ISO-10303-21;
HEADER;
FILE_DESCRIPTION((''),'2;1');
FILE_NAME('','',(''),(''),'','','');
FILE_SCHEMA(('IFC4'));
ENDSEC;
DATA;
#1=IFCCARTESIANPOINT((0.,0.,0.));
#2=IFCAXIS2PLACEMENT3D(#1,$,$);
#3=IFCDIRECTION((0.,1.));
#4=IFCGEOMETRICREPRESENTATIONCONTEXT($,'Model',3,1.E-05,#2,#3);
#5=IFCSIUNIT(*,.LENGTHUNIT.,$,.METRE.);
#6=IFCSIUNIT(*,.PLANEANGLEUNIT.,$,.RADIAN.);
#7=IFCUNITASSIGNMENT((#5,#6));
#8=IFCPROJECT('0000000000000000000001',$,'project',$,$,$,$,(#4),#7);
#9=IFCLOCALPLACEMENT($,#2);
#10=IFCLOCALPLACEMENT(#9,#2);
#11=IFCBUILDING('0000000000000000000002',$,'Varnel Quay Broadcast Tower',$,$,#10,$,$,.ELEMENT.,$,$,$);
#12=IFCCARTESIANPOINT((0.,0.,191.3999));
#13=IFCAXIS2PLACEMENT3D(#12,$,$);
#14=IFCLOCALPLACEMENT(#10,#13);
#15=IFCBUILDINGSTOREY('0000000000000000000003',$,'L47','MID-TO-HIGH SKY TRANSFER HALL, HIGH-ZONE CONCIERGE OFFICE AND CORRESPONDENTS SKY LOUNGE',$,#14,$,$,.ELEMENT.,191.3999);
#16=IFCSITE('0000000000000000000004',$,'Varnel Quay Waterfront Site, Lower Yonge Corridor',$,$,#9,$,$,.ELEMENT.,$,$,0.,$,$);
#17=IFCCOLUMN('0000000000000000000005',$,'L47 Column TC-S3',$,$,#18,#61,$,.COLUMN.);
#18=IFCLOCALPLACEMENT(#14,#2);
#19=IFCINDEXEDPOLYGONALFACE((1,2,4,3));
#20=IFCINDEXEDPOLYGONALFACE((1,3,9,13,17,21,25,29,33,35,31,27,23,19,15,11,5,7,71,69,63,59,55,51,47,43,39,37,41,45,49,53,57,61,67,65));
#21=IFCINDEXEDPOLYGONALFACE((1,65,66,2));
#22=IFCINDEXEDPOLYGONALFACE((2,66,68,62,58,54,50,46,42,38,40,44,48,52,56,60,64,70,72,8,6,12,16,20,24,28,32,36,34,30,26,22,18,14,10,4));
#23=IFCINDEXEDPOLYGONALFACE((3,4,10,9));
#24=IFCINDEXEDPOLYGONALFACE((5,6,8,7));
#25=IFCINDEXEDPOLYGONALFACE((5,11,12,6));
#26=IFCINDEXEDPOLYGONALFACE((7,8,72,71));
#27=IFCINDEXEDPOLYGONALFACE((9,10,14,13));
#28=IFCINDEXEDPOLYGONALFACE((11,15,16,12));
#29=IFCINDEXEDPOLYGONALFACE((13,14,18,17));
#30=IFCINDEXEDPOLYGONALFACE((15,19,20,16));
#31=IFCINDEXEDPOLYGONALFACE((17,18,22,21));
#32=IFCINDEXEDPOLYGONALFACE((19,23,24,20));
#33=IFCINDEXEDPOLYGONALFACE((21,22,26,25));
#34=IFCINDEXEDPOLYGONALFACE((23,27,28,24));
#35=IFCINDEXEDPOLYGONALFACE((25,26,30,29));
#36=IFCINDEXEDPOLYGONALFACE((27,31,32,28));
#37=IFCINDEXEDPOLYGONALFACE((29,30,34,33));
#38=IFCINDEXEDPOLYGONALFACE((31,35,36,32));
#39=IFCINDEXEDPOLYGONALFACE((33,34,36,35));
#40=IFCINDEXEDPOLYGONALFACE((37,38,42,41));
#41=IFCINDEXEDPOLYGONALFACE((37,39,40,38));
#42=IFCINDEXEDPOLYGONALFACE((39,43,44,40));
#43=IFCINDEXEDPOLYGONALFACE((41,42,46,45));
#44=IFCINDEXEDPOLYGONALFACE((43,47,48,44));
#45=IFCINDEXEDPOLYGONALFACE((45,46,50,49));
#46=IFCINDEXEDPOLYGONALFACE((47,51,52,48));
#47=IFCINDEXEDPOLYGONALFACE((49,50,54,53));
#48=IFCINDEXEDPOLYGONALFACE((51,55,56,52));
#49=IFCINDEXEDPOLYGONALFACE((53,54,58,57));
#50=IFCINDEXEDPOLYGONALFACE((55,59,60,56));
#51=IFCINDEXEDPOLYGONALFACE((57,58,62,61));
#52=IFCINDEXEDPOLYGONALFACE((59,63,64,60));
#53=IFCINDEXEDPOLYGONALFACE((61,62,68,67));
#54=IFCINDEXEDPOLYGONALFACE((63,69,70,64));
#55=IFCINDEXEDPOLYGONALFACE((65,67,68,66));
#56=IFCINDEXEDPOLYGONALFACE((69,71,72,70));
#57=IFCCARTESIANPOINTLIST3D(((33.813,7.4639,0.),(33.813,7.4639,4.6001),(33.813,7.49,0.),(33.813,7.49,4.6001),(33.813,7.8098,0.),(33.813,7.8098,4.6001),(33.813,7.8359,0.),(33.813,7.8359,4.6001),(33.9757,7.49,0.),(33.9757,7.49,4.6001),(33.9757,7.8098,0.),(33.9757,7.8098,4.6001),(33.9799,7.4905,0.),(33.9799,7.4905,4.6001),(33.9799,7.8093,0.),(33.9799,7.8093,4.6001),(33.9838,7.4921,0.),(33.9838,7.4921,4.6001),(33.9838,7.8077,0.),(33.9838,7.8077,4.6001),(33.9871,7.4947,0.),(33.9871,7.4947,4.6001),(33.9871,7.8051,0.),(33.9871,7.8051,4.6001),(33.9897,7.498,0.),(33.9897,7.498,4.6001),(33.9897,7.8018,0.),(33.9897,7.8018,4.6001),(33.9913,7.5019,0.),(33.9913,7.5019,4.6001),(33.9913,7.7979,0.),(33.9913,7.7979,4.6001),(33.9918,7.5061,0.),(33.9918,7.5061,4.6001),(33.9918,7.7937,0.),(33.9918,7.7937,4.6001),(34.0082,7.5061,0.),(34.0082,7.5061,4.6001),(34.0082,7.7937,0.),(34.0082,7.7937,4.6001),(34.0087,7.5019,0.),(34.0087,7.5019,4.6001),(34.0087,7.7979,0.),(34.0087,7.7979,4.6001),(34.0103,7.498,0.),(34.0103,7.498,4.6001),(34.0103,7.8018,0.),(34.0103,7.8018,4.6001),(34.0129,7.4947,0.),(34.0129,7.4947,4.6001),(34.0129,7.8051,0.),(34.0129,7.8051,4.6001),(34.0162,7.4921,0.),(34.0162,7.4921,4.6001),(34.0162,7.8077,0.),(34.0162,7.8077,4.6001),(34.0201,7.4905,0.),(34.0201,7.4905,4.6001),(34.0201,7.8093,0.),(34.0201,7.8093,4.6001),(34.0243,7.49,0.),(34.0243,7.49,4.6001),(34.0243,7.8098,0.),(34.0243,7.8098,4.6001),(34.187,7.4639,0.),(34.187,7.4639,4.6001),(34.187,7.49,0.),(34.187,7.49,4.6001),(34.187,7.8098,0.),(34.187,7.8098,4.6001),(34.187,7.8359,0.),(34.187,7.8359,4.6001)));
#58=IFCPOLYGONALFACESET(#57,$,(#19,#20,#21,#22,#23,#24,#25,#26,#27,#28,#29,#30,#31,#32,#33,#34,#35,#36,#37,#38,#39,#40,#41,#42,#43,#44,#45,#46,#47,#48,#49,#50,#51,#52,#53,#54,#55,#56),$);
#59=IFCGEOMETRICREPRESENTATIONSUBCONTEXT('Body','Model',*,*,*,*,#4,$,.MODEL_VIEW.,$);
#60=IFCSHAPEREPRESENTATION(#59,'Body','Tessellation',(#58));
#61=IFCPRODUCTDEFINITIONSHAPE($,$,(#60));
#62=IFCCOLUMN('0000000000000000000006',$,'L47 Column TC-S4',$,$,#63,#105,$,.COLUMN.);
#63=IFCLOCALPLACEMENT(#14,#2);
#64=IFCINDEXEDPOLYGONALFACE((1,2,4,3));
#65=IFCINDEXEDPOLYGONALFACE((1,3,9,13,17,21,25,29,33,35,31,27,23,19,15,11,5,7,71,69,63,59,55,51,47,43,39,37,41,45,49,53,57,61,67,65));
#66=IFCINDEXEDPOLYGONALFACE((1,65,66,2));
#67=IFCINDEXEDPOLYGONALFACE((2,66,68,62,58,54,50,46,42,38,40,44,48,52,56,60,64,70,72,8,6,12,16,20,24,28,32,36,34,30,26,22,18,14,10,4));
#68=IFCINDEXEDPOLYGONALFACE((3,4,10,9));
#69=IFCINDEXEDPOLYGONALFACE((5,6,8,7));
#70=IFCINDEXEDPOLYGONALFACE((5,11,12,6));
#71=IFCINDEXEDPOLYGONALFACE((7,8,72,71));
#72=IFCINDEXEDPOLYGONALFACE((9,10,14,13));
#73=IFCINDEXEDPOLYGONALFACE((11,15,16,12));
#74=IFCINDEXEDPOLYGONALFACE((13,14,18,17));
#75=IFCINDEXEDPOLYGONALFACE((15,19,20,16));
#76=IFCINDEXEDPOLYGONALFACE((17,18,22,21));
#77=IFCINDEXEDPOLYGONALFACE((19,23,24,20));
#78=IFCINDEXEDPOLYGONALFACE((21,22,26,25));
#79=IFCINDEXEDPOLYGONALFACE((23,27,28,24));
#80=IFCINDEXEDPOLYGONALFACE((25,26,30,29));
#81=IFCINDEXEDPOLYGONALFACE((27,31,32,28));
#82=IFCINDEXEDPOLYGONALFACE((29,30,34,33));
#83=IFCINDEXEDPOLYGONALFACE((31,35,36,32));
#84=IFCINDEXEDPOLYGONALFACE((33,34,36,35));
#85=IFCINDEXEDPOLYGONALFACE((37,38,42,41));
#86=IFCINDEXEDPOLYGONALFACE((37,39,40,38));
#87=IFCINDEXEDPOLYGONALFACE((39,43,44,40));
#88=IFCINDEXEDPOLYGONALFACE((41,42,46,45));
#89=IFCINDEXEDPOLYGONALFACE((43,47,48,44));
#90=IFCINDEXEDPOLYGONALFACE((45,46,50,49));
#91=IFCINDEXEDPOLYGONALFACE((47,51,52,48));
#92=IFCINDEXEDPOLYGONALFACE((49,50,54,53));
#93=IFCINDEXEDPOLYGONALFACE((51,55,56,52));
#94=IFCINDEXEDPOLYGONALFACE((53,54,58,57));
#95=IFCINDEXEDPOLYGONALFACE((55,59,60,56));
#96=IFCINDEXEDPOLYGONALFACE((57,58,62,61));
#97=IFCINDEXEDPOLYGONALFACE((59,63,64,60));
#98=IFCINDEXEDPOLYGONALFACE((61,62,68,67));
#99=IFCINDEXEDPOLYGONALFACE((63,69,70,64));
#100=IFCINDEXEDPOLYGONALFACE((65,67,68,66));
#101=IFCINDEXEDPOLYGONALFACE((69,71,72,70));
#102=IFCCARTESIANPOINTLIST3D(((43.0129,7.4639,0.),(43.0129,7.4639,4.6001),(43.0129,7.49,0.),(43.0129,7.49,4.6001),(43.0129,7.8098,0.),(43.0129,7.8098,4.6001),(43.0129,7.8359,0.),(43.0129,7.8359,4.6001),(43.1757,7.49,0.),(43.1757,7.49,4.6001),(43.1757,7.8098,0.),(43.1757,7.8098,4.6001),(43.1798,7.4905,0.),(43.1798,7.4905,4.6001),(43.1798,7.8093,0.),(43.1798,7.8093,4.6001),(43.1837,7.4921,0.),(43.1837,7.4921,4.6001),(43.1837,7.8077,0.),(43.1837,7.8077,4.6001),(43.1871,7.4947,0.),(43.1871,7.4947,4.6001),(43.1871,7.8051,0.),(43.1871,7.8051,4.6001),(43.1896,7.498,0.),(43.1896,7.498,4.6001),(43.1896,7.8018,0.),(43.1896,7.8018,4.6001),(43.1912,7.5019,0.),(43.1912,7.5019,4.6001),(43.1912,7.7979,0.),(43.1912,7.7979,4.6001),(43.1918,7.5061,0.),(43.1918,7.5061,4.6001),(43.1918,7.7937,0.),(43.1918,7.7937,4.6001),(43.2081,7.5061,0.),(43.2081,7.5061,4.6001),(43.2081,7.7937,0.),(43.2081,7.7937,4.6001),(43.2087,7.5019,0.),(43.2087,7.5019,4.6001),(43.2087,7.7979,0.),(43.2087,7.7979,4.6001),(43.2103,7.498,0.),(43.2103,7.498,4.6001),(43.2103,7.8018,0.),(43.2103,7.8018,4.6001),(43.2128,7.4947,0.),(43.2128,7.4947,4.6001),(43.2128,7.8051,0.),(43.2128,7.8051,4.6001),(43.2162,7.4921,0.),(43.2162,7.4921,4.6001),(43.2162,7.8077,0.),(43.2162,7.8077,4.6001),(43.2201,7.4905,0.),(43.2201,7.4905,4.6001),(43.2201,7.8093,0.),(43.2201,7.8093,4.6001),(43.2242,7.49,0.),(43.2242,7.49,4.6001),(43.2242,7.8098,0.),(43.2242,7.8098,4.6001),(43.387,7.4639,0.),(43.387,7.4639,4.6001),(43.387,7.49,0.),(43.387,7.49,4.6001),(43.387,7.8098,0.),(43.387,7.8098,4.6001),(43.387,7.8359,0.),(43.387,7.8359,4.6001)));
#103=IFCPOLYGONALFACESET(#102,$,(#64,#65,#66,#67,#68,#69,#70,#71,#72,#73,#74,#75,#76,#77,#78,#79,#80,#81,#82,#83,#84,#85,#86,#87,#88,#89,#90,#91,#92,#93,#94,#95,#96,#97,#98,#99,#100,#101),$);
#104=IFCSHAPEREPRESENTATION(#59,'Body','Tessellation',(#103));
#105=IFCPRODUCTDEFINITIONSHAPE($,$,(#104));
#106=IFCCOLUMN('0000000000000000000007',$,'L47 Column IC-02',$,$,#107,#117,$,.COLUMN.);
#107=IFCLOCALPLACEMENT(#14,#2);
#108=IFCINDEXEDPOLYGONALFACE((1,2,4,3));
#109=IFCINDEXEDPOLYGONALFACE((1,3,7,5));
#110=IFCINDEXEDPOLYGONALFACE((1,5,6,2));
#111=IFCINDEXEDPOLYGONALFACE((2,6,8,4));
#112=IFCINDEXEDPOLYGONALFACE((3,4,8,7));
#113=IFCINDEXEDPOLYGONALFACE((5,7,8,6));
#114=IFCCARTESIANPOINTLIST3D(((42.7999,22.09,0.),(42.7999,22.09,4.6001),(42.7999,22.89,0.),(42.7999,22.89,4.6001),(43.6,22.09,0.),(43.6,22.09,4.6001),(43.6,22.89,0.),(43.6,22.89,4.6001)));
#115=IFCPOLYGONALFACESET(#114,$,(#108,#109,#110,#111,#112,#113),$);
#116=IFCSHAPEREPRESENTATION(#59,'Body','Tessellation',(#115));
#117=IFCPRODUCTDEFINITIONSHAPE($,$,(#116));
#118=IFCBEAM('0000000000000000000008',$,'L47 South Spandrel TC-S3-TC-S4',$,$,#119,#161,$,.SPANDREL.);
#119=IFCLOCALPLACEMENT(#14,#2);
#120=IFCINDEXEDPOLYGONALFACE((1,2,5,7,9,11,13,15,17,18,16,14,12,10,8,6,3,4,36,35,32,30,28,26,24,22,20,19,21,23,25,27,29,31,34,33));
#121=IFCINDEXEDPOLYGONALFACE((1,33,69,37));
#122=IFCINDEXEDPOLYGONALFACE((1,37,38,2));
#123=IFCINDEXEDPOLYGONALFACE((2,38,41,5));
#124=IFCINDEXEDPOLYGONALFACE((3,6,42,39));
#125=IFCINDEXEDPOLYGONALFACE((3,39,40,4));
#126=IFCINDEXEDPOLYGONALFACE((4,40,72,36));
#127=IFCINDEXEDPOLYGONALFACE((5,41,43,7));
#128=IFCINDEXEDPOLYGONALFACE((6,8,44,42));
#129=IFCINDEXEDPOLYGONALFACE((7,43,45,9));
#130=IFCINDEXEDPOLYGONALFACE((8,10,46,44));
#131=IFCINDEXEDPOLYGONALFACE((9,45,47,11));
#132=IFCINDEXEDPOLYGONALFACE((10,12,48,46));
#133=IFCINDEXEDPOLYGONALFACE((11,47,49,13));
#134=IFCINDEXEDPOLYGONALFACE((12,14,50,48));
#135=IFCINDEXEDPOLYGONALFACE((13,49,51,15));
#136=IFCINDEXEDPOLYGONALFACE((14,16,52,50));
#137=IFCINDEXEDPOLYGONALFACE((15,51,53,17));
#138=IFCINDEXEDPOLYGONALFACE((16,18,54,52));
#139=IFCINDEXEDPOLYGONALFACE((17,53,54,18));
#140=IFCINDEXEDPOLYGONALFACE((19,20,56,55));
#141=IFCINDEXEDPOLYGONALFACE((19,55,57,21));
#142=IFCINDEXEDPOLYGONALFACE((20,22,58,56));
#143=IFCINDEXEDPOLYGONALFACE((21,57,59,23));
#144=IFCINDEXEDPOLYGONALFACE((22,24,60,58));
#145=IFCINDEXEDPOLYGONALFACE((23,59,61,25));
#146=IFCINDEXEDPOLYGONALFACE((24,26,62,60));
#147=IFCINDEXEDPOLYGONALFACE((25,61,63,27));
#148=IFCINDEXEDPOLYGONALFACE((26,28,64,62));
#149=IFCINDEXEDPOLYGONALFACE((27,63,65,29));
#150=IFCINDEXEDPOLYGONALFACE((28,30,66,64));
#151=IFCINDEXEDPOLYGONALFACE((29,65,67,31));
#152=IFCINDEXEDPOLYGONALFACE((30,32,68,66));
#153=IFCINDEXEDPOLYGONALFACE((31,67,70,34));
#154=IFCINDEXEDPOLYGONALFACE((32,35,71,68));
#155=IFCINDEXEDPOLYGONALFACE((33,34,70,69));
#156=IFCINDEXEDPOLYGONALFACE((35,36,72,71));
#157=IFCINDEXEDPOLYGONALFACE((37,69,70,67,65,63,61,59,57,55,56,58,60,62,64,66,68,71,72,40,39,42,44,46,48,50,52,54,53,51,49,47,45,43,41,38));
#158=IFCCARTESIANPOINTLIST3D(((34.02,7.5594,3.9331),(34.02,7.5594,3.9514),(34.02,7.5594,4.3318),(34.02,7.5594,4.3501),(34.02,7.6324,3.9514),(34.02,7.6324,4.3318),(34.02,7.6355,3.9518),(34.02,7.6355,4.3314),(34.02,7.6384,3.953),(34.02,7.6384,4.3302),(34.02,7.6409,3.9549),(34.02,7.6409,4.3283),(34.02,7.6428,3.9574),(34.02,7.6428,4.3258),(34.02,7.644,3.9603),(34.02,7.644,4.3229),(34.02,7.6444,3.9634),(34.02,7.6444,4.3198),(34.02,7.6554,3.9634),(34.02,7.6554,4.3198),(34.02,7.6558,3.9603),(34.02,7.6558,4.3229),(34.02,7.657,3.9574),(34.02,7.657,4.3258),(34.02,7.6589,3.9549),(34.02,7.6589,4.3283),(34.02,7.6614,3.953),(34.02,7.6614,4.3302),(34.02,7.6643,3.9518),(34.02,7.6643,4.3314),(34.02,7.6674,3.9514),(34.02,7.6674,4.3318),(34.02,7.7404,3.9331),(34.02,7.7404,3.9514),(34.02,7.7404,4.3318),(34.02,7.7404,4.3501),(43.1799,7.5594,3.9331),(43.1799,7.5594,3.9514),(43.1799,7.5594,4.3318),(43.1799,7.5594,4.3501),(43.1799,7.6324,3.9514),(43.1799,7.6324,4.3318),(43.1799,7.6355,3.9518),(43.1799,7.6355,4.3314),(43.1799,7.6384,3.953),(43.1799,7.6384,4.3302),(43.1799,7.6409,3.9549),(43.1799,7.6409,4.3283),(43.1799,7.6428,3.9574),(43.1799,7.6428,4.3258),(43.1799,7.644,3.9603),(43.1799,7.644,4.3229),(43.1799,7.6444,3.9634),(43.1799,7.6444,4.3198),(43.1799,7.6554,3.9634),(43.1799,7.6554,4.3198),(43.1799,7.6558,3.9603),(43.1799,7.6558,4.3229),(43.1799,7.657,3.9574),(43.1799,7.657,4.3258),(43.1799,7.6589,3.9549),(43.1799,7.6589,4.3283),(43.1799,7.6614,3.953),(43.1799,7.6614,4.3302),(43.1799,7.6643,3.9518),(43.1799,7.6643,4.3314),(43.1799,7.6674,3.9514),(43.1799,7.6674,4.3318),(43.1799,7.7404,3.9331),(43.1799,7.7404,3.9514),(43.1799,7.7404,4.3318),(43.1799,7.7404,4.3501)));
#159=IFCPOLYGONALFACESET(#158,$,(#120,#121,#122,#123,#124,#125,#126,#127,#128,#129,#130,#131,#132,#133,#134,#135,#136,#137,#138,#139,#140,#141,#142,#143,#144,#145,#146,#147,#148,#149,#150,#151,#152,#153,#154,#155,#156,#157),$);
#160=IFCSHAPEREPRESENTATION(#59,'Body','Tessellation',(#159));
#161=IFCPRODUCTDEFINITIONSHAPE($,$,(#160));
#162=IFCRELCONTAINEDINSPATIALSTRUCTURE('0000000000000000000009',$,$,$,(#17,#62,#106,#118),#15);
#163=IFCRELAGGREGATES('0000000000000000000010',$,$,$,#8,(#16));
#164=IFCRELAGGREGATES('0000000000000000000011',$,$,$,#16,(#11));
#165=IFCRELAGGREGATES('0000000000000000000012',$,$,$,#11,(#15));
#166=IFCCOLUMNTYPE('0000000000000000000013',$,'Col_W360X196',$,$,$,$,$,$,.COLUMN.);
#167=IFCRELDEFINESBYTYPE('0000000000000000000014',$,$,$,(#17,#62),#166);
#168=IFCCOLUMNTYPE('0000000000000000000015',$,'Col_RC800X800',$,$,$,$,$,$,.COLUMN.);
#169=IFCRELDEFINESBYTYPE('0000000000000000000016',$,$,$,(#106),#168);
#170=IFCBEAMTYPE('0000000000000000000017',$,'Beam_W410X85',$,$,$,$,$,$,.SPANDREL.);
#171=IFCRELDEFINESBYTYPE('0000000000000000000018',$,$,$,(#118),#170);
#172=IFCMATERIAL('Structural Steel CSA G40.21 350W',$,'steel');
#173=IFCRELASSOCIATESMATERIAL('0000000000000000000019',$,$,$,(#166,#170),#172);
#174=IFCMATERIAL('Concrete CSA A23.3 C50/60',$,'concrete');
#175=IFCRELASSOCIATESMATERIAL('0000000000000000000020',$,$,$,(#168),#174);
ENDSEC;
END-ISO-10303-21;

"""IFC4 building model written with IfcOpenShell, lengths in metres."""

from ifc_helpers import new_model, si_unit, direction, frame, origin, origin_2d, place, context, subcontext, project, spatial, rectangle, i_section, extrude, source, transform, mapped, material, material_profile, profile_set, type_object, type_shapes, element, save


model = new_model("IFC4")

# Units and contexts
model_context = context("Model", 3, precision=1e-05, world=origin(), true_north=direction((0.0, 1.0)))
body_context = subcontext(model_context, "Body", "Model", "MODEL_VIEW")
ifc_project = project(units=[si_unit("LENGTHUNIT", "METRE"), si_unit("PLANEANGLEUNIT", "RADIAN")], contexts=[model_context])

# Site, building, storey
site_placement = place(None, origin())
site = spatial("IfcSite", under=ifc_project, at=site_placement, Name="Varnel Quay Waterfront Site, Lower Yonge Corridor", CompositionType="ELEMENT", RefElevation=0.0)
building_placement = place(site_placement, origin())
building = spatial("IfcBuilding", under=site, at=building_placement, Name="Varnel Quay Broadcast Tower", CompositionType="ELEMENT")
storey_placement = place(building_placement, frame((0.0, 0.0, 191.3999)))
storey = spatial("IfcBuildingStorey", under=building, at=storey_placement, Name="L47", Description="MID-TO-HIGH SKY TRANSFER HALL, HIGH-ZONE CONCIERGE OFFICE AND CORRESPONDENTS SKY LOUNGE", CompositionType="ELEMENT", Elevation=191.3999)

# Columns
ifc_material_1 = material(Name="Structural Steel CSA G40.21 350W", Category="steel")
ifc_material_profile_1 = material_profile(ifc_material_1, i_section(OverallWidth=0.374, OverallDepth=0.3721, WebThickness=0.0164, FlangeThickness=0.0261, FilletRadius=0.0161, at=origin_2d()), Name="W360X196")
ifc_profile_set_1 = profile_set([ifc_material_profile_1], Name="Structural Steel CSA G40.21 350W")
column_type_1 = type_object("IfcColumnType", Name="Col_W360X196", PredefinedType="COLUMN", material=ifc_profile_set_1)
shared_shape_1 = source(origin(), body_context, "Body", "SweptSolid", [
    extrude(i_section(OverallWidth=0.374, OverallDepth=0.3721, WebThickness=0.0164, FlangeThickness=0.0261, FilletRadius=0.0161, at=origin_2d()), origin(), (0.0, 0.0, 1.0), 4.6001),
])
type_shapes(column_type_1, [shared_shape_1])
for number, where, z_axis, x_axis, name in (
    (1, (34.0, 7.6499, 0.0), (0.0, 0.0, 1.0), (1.0, 0.0, 0.0), "L47 Column TC-S3"),
    (2, (43.2, 7.6499, 0.0), (0.0, 0.0, 1.0), (1.0, 0.0, 0.0), "L47 Column TC-S4"),
):
    element("IfcColumn", number, at=place(storey_placement, frame(where, z_axis=z_axis, x_axis=x_axis)), inside=storey, type_object=column_type_1, Name=name, PredefinedType="COLUMN", context=body_context, shape_type="MappedRepresentation", body=[
        mapped(shared_shape_1, transform((0.0, 0.0, 0.0), x_axis=(1.0, 0.0, 0.0), y_axis=(0.0, 1.0, 0.0), z_axis=(0.0, 0.0, 1.0), scale=1.0)),
    ])
ifc_material_2 = material(Name="Concrete CSA A23.3 C50/60", Category="concrete")
ifc_material_profile_2 = material_profile(ifc_material_2, rectangle(XDim=0.8, YDim=0.8, at=origin_2d()), Name="RC800X800")
ifc_profile_set_2 = profile_set([ifc_material_profile_2], Name="Concrete CSA A23.3 C50/60")
column_type_2 = type_object("IfcColumnType", Name="Col_RC800X800", PredefinedType="COLUMN", material=ifc_profile_set_2)
shared_shape_2 = source(origin(), body_context, "Body", "SweptSolid", [
    extrude(rectangle(XDim=0.8, YDim=0.8, at=origin_2d()), origin(), (0.0, 0.0, 1.0), 4.6001),
])
type_shapes(column_type_2, [shared_shape_2])
column_placement = place(storey_placement, frame((43.2, 22.49, 0.0), z_axis=(0.0, 0.0, 1.0), x_axis=(1.0, 0.0, 0.0)))
element("IfcColumn", 3, at=column_placement, inside=storey, type_object=column_type_2, Name="L47 Column IC-02", PredefinedType="COLUMN", context=body_context, shape_type="MappedRepresentation", body=[
    mapped(shared_shape_2, transform((0.0, 0.0, 0.0), x_axis=(1.0, 0.0, 0.0), y_axis=(0.0, 1.0, 0.0), z_axis=(0.0, 0.0, 1.0), scale=1.0)),
])

# Beam
ifc_material_profile_3 = material_profile(ifc_material_1, i_section(OverallWidth=0.1809, OverallDepth=0.417, WebThickness=0.011, FlangeThickness=0.0183, FilletRadius=0.012, at=origin_2d()), Name="W410X85")
ifc_profile_set_3 = profile_set([ifc_material_profile_3], Name="Structural Steel CSA G40.21 350W")
beam_type_1 = type_object("IfcBeamType", Name="Beam_W410X85", PredefinedType="SPANDREL", material=ifc_profile_set_3)
shared_shape_3 = source(origin(), body_context, "Body", "SweptSolid", [
    extrude(i_section(OverallWidth=0.1809, OverallDepth=0.417, WebThickness=0.011, FlangeThickness=0.0183, FilletRadius=0.012, at=origin_2d()), origin(), (0.0, 0.0, 1.0), 9.1599),
])
type_shapes(beam_type_1, [shared_shape_3])
for number, where, z_axis, x_axis, name in (
    (4, (34.02, 7.6499, 4.1416), (1.0, 0.0, 0.0), (0.0, 1.0, 0.0), "L47 South Spandrel TC-S3-TC-S4"),
):
    element("IfcBeam", number, at=place(storey_placement, frame(where, z_axis=z_axis, x_axis=x_axis)), inside=storey, type_object=beam_type_1, Name=name, PredefinedType="SPANDREL", context=body_context, shape_type="MappedRepresentation", body=[
        mapped(shared_shape_3, transform((0.0, 0.0, 0.0), x_axis=(1.0, 0.0, 0.0), y_axis=(0.0, 1.0, 0.0), z_axis=(0.0, 0.0, 1.0), scale=1.0)),
    ])

save(model, "model.ifc")
